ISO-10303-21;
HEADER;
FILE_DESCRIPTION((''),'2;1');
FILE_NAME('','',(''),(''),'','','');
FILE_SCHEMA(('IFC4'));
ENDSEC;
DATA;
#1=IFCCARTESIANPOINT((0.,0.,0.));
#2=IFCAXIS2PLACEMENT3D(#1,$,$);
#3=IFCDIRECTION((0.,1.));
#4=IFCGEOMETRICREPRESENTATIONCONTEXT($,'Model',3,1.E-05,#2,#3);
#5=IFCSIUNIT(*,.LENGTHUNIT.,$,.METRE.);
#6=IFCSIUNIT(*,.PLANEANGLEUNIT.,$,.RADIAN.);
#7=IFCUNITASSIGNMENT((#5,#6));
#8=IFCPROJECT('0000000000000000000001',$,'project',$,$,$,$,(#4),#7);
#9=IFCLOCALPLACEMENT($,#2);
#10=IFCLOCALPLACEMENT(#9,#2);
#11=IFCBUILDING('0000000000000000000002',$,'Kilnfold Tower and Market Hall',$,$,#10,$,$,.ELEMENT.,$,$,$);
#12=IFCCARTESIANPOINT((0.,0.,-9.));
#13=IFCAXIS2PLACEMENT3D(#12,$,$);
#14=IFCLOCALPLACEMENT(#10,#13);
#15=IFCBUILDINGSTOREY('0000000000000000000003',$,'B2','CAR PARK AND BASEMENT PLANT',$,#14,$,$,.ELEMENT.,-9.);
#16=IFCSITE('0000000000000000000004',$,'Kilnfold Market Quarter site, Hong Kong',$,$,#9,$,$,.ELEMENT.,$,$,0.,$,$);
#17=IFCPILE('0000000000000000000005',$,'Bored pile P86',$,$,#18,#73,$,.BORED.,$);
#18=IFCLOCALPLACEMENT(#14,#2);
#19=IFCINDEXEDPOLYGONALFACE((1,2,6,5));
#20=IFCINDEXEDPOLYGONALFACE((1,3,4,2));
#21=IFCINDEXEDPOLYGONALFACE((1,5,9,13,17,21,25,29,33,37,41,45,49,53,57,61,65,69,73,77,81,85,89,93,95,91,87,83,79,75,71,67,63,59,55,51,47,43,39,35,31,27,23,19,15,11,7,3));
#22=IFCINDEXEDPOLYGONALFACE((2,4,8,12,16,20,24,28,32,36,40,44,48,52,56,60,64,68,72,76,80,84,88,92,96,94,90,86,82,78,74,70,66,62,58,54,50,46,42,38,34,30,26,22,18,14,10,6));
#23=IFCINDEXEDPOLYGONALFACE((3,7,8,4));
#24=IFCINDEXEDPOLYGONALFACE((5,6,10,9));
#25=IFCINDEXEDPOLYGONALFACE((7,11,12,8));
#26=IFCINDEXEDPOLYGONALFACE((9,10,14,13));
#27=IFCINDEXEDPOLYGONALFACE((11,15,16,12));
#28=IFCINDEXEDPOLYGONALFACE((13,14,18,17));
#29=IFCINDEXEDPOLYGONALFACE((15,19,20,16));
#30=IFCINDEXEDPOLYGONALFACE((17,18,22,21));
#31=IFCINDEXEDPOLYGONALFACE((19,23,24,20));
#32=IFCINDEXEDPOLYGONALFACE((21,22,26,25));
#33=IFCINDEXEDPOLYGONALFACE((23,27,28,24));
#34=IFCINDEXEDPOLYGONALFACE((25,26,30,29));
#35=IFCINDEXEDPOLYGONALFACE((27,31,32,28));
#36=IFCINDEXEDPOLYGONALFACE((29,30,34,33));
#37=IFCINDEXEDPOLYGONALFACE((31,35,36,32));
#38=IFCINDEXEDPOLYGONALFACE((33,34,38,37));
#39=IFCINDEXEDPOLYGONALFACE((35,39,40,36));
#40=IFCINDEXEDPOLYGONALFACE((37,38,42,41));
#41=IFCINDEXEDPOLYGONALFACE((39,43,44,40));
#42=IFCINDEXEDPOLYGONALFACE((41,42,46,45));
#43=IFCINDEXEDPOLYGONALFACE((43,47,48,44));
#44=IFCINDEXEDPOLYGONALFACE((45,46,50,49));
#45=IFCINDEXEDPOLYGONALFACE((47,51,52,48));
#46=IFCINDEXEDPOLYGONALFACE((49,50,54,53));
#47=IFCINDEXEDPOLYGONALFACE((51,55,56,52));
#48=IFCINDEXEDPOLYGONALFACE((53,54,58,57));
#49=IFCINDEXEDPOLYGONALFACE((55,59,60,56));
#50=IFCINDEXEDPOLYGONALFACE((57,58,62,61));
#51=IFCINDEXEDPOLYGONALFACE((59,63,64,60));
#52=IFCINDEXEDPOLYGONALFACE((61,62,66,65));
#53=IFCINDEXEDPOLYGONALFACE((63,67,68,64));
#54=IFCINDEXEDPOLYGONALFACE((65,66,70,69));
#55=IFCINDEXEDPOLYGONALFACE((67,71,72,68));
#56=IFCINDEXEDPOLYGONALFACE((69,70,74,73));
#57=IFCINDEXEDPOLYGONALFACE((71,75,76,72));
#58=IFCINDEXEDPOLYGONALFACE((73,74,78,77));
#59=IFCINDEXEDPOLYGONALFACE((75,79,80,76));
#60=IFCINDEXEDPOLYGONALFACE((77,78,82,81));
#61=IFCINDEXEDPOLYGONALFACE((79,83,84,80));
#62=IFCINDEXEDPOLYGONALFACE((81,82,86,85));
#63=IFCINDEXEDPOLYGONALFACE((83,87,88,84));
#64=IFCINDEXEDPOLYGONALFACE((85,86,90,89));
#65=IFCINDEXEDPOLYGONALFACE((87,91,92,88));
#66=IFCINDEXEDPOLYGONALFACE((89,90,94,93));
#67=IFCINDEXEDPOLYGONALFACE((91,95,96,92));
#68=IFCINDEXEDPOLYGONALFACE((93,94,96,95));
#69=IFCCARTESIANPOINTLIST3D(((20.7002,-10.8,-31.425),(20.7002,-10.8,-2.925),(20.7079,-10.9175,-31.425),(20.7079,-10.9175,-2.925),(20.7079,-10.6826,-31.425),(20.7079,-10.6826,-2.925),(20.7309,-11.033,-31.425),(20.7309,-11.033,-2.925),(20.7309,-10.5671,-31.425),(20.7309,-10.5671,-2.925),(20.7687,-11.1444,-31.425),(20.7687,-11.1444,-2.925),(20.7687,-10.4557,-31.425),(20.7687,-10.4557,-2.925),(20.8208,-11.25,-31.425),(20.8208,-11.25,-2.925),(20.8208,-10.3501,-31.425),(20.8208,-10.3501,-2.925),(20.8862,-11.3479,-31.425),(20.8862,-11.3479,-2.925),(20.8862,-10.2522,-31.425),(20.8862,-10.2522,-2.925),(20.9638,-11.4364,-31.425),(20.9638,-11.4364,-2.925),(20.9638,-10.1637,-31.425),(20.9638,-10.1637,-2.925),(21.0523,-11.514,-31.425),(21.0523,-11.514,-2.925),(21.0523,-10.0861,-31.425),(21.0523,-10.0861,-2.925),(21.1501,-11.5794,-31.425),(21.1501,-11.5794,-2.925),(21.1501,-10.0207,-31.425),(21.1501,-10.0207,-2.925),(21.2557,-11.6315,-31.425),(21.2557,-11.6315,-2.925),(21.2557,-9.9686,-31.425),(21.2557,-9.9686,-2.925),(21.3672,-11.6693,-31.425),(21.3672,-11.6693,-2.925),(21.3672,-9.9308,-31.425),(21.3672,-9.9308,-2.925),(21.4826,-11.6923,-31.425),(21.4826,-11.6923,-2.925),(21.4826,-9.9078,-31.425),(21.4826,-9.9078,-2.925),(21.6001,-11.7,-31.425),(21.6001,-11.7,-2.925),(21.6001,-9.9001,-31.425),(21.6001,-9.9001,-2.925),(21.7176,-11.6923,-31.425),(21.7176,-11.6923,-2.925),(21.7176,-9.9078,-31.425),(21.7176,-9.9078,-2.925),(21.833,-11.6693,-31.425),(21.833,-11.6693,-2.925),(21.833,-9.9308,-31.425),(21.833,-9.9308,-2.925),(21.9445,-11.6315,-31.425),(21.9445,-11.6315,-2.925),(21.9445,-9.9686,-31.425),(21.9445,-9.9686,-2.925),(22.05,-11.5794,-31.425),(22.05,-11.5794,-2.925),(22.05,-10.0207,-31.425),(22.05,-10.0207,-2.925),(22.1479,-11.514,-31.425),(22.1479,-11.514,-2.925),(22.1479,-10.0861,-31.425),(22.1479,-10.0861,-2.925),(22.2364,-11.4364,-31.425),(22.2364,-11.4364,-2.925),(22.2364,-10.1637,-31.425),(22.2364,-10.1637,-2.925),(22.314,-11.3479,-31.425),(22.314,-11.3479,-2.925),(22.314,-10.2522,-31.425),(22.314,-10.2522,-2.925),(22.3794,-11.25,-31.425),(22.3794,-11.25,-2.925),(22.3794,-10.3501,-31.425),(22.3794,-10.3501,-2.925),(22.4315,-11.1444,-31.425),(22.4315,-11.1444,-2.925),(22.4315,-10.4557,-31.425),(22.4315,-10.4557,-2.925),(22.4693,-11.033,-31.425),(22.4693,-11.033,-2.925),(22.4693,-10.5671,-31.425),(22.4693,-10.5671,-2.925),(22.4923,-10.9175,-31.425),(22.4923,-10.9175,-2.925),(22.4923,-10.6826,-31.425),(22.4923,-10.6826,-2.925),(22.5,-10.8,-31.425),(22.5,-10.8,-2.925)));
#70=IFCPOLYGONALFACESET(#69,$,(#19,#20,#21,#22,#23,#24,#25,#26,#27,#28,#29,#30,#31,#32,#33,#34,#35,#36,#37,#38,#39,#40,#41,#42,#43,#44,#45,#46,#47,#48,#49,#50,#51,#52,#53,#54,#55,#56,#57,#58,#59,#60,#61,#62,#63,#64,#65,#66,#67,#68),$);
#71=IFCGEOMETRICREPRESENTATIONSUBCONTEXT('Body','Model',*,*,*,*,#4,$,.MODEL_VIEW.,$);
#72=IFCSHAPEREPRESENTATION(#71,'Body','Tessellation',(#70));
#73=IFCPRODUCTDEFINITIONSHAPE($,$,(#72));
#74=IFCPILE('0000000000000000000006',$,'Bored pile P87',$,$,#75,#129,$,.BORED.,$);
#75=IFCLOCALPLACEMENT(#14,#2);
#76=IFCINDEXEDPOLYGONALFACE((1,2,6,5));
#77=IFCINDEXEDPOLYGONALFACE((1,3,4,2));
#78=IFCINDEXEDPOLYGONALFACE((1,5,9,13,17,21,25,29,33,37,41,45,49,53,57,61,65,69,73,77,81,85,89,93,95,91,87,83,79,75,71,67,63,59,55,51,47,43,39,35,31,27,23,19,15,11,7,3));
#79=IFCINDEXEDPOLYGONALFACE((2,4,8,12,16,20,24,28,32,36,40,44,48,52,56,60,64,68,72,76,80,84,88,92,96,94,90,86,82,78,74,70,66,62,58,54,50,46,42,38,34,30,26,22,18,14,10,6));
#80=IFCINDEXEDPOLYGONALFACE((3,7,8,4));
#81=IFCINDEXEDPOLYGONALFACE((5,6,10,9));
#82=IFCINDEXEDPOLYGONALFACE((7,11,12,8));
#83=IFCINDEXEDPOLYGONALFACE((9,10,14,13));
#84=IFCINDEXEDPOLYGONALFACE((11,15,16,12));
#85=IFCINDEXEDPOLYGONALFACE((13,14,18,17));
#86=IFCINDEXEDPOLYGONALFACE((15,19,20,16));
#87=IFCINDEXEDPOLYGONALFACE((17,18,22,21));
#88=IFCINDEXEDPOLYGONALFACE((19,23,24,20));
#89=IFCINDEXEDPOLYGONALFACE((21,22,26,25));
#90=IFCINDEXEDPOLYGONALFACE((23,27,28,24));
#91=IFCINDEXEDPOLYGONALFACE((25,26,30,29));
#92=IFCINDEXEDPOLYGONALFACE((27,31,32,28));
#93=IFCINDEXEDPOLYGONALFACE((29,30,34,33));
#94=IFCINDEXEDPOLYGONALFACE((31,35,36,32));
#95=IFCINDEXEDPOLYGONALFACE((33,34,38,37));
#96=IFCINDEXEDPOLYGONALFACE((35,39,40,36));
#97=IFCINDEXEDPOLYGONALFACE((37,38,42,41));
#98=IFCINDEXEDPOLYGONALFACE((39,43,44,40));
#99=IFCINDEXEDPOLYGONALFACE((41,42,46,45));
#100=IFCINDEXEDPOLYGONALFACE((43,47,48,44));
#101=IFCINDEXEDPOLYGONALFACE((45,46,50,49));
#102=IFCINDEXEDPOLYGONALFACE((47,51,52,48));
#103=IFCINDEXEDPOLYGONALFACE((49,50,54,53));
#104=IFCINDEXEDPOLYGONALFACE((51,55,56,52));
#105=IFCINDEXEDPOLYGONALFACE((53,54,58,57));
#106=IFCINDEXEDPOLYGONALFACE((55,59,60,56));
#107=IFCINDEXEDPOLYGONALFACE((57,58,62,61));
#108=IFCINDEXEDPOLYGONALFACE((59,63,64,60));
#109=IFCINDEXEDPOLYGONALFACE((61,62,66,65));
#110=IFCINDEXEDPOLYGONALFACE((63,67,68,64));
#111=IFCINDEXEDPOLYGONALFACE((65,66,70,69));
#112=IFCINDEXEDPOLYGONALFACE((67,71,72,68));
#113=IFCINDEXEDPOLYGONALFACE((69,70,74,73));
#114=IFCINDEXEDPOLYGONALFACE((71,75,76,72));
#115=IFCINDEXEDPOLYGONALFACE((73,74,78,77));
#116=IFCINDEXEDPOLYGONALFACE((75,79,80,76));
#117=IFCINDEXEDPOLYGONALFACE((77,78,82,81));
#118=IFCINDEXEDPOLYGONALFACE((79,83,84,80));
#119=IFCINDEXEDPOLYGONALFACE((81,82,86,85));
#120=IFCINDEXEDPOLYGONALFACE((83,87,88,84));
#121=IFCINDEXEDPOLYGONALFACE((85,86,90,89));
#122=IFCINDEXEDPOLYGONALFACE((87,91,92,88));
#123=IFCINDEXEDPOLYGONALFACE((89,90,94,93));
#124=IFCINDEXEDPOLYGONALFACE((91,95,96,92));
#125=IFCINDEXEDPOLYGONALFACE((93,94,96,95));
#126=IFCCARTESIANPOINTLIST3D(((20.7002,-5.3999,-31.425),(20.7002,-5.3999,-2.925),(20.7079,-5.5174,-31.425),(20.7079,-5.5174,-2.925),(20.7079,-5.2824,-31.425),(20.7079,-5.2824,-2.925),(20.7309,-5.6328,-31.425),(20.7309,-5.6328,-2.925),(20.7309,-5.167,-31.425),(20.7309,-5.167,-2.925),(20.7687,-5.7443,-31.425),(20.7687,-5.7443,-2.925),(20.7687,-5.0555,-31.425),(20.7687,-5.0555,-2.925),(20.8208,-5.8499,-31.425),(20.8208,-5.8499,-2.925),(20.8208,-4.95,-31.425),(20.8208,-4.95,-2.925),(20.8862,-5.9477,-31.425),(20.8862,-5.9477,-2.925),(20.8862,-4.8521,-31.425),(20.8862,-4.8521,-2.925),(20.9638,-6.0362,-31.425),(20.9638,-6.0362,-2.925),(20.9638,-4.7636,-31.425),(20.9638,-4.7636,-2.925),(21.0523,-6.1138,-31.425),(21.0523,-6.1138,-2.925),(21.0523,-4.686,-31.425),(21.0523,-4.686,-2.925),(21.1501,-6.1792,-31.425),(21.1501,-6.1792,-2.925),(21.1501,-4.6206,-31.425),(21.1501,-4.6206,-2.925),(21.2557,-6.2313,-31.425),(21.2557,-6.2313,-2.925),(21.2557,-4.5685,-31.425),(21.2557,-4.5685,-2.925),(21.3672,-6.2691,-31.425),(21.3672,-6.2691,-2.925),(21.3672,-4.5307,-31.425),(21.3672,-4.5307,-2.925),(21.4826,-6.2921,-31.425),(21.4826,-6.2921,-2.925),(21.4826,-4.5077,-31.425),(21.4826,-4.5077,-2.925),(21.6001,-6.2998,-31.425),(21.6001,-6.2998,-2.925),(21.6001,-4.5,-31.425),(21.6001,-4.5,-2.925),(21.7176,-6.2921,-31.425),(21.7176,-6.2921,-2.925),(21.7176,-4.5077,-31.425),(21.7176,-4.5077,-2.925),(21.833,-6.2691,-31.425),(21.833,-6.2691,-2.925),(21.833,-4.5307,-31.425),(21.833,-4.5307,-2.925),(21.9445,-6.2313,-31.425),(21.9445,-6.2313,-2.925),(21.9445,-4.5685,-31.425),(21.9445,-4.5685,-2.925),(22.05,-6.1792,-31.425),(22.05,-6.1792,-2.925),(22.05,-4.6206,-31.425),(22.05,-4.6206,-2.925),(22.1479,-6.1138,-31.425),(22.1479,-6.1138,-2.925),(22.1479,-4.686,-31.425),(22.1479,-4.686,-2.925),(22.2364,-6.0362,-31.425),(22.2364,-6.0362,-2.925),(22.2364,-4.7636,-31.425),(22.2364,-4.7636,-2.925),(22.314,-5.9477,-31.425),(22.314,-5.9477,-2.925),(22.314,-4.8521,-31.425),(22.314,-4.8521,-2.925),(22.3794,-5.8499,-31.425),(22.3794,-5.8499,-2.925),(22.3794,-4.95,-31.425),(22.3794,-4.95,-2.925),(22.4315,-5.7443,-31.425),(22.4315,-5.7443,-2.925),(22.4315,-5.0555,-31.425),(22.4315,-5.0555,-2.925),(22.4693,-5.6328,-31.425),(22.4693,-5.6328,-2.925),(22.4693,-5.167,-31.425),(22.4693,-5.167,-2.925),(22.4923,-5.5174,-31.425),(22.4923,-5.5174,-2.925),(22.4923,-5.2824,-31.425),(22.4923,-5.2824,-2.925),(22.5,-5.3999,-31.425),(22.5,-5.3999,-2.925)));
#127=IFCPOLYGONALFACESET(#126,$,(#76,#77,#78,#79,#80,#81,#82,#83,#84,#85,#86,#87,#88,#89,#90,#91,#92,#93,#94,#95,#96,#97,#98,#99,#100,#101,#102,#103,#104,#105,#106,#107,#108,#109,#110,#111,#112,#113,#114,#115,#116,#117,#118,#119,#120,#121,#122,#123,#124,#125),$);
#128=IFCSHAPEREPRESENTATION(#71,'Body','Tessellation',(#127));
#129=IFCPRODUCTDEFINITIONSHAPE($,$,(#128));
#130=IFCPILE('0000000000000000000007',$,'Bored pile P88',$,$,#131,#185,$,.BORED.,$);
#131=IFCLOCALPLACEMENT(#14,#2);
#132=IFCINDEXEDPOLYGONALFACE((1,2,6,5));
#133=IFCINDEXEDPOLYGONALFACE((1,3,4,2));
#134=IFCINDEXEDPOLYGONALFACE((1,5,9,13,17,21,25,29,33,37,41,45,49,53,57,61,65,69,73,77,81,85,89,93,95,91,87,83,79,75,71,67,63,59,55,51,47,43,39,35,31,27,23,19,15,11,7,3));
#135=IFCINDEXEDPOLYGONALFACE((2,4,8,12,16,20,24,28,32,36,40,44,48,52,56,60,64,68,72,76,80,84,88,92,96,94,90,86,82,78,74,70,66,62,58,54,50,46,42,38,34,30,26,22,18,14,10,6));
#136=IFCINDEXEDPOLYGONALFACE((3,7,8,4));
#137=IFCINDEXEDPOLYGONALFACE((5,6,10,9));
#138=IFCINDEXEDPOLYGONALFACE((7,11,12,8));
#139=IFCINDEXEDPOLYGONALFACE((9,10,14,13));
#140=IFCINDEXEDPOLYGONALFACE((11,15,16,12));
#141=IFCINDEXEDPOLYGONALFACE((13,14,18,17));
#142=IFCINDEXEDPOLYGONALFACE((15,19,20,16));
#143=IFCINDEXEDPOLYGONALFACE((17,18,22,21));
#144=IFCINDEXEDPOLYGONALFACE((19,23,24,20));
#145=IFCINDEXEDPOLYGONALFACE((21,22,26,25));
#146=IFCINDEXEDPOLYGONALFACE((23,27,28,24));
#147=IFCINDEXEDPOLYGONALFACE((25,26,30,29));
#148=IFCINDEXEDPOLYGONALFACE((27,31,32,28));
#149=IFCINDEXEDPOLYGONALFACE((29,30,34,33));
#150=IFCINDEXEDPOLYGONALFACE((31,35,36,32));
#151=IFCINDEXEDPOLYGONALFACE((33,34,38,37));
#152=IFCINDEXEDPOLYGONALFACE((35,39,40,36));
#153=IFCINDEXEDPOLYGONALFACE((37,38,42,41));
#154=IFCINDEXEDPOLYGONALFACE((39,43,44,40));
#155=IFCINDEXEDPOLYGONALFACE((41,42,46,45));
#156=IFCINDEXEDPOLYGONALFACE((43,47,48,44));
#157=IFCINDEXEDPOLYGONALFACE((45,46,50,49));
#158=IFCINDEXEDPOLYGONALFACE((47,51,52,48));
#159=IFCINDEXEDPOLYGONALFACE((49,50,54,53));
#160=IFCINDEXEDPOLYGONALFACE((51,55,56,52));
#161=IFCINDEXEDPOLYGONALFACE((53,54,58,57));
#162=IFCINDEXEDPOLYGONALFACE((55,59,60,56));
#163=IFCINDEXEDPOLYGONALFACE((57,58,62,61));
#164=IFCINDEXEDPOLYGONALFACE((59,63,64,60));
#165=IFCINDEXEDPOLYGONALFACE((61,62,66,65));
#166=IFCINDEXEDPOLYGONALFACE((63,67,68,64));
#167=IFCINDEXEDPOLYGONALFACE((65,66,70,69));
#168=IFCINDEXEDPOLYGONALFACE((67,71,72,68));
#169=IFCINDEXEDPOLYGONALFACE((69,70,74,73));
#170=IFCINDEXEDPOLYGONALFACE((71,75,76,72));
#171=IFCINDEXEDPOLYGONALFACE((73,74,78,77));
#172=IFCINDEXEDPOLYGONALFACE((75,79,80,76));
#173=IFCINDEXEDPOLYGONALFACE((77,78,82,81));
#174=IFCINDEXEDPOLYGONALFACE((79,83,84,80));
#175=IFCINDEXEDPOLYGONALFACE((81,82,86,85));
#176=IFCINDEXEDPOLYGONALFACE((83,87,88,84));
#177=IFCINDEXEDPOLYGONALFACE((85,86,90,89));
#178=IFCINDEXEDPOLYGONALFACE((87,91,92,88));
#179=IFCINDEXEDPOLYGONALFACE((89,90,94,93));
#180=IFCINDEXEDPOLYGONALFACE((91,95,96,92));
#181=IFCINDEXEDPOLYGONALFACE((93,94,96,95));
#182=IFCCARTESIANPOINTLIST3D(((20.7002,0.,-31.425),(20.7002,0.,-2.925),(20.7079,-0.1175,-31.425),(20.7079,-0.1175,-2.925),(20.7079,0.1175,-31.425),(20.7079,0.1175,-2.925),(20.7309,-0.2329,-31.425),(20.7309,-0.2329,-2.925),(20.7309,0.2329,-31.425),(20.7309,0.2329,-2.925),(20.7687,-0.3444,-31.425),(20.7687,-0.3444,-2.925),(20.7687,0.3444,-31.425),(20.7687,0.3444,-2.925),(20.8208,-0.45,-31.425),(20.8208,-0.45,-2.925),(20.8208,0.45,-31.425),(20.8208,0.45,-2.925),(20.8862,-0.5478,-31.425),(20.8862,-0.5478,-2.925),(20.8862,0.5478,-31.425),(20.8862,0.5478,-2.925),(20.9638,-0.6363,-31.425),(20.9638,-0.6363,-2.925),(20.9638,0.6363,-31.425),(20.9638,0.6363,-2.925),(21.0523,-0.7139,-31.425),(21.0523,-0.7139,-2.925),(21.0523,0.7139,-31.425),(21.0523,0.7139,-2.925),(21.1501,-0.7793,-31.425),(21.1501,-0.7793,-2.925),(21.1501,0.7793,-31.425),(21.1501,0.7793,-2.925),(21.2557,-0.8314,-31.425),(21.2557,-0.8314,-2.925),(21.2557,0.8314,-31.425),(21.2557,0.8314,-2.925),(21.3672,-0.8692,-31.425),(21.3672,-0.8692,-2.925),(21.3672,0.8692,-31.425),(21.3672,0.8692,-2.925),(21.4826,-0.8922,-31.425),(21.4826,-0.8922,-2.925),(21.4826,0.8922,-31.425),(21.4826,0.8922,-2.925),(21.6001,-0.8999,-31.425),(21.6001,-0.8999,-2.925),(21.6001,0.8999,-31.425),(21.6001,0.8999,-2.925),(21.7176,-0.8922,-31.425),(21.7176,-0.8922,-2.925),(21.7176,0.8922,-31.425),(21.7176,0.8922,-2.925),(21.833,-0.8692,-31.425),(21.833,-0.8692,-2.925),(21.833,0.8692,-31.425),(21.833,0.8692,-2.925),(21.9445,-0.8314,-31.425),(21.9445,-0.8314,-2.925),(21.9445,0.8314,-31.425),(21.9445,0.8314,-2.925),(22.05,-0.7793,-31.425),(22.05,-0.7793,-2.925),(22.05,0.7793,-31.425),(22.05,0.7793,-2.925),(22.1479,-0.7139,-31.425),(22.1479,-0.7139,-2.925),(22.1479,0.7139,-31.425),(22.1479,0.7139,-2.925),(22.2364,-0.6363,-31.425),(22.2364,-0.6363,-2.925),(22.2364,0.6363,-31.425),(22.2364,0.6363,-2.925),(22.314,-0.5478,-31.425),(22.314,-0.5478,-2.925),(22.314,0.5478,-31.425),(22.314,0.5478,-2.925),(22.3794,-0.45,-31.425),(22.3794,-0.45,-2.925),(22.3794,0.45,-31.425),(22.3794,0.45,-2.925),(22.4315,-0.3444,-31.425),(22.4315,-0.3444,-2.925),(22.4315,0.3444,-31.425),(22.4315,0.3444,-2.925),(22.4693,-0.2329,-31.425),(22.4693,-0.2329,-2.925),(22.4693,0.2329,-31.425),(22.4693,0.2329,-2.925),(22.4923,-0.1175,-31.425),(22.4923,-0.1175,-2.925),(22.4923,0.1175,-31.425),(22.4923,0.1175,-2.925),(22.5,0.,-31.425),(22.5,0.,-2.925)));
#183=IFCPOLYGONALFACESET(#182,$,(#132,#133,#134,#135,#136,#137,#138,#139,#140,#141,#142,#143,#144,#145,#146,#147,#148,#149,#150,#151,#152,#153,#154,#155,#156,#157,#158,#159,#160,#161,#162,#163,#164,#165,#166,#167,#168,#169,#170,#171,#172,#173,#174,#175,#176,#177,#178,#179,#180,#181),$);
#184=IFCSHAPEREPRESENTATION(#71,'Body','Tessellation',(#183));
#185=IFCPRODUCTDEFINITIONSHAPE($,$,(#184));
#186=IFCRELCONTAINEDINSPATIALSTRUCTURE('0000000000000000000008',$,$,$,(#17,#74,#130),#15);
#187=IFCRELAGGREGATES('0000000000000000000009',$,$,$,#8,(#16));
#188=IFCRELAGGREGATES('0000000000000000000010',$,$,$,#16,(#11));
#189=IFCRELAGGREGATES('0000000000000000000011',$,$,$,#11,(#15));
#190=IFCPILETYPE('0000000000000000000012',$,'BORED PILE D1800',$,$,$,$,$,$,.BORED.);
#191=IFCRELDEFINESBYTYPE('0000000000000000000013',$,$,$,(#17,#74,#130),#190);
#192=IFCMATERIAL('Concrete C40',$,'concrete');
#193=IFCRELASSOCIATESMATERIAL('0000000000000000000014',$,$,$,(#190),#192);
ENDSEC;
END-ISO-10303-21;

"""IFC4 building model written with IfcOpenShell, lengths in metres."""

from ifc_helpers import new_model, si_unit, direction, frame, origin, origin_2d, place, context, subcontext, project, spatial, circle, extrude, source, transform, mapped, material, material_profile, profile_set, type_object, element, save


model = new_model("IFC4")

# Units and contexts
model_context = context("Model", 3, precision=1e-05, world=origin(), true_north=direction((0.0, 1.0)))
body_context = subcontext(model_context, "Body", "Model", "MODEL_VIEW")
ifc_project = project(units=[si_unit("LENGTHUNIT", "METRE"), si_unit("PLANEANGLEUNIT", "RADIAN")], contexts=[model_context])

# Site, building, storey
site_placement = place(None, origin())
site = spatial("IfcSite", under=ifc_project, at=site_placement, Name="Kilnfold Market Quarter site, Hong Kong", CompositionType="ELEMENT", RefElevation=0.0)
building_placement = place(site_placement, origin())
building = spatial("IfcBuilding", under=site, at=building_placement, Name="Kilnfold Tower and Market Hall", CompositionType="ELEMENT")
storey_placement = place(building_placement, frame((0.0, 0.0, -9.0)))
storey = spatial("IfcBuildingStorey", under=building, at=storey_placement, Name="B2", Description="CAR PARK AND BASEMENT PLANT", CompositionType="ELEMENT", Elevation=-9.0)

# Piles
ifc_material_1 = material(Name="Concrete C40", Category="concrete")
ifc_material_profile_1 = material_profile(ifc_material_1, circle(Radius=0.8999, at=origin_2d()), Name="RC D1800")
ifc_profile_set_1 = profile_set([ifc_material_profile_1], Name="Concrete C40")
pile_type = type_object("IfcPileType", Name="BORED PILE D1800", PredefinedType="BORED", material=ifc_profile_set_1)
shared_shape_1 = source(origin(), body_context, "Body", "SweptSolid", [
    extrude(circle(Radius=0.8999, at=origin_2d()), origin(), (0.0, 0.0, 1.0), 28.5),
])
for number, where, z_axis, x_axis, name in (
    (1, (21.6001, -10.8, -2.925), (0.0, 0.0, -1.0), (1.0, 0.0, 0.0), "Bored pile P86"),
    (2, (21.6001, -5.3999, -2.925), (0.0, 0.0, -1.0), (1.0, 0.0, 0.0), "Bored pile P87"),
    (3, (21.6001, 0.0, -2.925), (0.0, 0.0, -1.0), (1.0, 0.0, 0.0), "Bored pile P88"),
):
    element("IfcPile", number, at=place(storey_placement, frame(where, z_axis=z_axis, x_axis=x_axis)), inside=storey, type_object=pile_type, Name=name, PredefinedType="BORED", context=body_context, shape_type="MappedRepresentation", body=[
        mapped(shared_shape_1, transform((0.0, 0.0, 0.0))),
    ])

save(model, "model.ifc")
